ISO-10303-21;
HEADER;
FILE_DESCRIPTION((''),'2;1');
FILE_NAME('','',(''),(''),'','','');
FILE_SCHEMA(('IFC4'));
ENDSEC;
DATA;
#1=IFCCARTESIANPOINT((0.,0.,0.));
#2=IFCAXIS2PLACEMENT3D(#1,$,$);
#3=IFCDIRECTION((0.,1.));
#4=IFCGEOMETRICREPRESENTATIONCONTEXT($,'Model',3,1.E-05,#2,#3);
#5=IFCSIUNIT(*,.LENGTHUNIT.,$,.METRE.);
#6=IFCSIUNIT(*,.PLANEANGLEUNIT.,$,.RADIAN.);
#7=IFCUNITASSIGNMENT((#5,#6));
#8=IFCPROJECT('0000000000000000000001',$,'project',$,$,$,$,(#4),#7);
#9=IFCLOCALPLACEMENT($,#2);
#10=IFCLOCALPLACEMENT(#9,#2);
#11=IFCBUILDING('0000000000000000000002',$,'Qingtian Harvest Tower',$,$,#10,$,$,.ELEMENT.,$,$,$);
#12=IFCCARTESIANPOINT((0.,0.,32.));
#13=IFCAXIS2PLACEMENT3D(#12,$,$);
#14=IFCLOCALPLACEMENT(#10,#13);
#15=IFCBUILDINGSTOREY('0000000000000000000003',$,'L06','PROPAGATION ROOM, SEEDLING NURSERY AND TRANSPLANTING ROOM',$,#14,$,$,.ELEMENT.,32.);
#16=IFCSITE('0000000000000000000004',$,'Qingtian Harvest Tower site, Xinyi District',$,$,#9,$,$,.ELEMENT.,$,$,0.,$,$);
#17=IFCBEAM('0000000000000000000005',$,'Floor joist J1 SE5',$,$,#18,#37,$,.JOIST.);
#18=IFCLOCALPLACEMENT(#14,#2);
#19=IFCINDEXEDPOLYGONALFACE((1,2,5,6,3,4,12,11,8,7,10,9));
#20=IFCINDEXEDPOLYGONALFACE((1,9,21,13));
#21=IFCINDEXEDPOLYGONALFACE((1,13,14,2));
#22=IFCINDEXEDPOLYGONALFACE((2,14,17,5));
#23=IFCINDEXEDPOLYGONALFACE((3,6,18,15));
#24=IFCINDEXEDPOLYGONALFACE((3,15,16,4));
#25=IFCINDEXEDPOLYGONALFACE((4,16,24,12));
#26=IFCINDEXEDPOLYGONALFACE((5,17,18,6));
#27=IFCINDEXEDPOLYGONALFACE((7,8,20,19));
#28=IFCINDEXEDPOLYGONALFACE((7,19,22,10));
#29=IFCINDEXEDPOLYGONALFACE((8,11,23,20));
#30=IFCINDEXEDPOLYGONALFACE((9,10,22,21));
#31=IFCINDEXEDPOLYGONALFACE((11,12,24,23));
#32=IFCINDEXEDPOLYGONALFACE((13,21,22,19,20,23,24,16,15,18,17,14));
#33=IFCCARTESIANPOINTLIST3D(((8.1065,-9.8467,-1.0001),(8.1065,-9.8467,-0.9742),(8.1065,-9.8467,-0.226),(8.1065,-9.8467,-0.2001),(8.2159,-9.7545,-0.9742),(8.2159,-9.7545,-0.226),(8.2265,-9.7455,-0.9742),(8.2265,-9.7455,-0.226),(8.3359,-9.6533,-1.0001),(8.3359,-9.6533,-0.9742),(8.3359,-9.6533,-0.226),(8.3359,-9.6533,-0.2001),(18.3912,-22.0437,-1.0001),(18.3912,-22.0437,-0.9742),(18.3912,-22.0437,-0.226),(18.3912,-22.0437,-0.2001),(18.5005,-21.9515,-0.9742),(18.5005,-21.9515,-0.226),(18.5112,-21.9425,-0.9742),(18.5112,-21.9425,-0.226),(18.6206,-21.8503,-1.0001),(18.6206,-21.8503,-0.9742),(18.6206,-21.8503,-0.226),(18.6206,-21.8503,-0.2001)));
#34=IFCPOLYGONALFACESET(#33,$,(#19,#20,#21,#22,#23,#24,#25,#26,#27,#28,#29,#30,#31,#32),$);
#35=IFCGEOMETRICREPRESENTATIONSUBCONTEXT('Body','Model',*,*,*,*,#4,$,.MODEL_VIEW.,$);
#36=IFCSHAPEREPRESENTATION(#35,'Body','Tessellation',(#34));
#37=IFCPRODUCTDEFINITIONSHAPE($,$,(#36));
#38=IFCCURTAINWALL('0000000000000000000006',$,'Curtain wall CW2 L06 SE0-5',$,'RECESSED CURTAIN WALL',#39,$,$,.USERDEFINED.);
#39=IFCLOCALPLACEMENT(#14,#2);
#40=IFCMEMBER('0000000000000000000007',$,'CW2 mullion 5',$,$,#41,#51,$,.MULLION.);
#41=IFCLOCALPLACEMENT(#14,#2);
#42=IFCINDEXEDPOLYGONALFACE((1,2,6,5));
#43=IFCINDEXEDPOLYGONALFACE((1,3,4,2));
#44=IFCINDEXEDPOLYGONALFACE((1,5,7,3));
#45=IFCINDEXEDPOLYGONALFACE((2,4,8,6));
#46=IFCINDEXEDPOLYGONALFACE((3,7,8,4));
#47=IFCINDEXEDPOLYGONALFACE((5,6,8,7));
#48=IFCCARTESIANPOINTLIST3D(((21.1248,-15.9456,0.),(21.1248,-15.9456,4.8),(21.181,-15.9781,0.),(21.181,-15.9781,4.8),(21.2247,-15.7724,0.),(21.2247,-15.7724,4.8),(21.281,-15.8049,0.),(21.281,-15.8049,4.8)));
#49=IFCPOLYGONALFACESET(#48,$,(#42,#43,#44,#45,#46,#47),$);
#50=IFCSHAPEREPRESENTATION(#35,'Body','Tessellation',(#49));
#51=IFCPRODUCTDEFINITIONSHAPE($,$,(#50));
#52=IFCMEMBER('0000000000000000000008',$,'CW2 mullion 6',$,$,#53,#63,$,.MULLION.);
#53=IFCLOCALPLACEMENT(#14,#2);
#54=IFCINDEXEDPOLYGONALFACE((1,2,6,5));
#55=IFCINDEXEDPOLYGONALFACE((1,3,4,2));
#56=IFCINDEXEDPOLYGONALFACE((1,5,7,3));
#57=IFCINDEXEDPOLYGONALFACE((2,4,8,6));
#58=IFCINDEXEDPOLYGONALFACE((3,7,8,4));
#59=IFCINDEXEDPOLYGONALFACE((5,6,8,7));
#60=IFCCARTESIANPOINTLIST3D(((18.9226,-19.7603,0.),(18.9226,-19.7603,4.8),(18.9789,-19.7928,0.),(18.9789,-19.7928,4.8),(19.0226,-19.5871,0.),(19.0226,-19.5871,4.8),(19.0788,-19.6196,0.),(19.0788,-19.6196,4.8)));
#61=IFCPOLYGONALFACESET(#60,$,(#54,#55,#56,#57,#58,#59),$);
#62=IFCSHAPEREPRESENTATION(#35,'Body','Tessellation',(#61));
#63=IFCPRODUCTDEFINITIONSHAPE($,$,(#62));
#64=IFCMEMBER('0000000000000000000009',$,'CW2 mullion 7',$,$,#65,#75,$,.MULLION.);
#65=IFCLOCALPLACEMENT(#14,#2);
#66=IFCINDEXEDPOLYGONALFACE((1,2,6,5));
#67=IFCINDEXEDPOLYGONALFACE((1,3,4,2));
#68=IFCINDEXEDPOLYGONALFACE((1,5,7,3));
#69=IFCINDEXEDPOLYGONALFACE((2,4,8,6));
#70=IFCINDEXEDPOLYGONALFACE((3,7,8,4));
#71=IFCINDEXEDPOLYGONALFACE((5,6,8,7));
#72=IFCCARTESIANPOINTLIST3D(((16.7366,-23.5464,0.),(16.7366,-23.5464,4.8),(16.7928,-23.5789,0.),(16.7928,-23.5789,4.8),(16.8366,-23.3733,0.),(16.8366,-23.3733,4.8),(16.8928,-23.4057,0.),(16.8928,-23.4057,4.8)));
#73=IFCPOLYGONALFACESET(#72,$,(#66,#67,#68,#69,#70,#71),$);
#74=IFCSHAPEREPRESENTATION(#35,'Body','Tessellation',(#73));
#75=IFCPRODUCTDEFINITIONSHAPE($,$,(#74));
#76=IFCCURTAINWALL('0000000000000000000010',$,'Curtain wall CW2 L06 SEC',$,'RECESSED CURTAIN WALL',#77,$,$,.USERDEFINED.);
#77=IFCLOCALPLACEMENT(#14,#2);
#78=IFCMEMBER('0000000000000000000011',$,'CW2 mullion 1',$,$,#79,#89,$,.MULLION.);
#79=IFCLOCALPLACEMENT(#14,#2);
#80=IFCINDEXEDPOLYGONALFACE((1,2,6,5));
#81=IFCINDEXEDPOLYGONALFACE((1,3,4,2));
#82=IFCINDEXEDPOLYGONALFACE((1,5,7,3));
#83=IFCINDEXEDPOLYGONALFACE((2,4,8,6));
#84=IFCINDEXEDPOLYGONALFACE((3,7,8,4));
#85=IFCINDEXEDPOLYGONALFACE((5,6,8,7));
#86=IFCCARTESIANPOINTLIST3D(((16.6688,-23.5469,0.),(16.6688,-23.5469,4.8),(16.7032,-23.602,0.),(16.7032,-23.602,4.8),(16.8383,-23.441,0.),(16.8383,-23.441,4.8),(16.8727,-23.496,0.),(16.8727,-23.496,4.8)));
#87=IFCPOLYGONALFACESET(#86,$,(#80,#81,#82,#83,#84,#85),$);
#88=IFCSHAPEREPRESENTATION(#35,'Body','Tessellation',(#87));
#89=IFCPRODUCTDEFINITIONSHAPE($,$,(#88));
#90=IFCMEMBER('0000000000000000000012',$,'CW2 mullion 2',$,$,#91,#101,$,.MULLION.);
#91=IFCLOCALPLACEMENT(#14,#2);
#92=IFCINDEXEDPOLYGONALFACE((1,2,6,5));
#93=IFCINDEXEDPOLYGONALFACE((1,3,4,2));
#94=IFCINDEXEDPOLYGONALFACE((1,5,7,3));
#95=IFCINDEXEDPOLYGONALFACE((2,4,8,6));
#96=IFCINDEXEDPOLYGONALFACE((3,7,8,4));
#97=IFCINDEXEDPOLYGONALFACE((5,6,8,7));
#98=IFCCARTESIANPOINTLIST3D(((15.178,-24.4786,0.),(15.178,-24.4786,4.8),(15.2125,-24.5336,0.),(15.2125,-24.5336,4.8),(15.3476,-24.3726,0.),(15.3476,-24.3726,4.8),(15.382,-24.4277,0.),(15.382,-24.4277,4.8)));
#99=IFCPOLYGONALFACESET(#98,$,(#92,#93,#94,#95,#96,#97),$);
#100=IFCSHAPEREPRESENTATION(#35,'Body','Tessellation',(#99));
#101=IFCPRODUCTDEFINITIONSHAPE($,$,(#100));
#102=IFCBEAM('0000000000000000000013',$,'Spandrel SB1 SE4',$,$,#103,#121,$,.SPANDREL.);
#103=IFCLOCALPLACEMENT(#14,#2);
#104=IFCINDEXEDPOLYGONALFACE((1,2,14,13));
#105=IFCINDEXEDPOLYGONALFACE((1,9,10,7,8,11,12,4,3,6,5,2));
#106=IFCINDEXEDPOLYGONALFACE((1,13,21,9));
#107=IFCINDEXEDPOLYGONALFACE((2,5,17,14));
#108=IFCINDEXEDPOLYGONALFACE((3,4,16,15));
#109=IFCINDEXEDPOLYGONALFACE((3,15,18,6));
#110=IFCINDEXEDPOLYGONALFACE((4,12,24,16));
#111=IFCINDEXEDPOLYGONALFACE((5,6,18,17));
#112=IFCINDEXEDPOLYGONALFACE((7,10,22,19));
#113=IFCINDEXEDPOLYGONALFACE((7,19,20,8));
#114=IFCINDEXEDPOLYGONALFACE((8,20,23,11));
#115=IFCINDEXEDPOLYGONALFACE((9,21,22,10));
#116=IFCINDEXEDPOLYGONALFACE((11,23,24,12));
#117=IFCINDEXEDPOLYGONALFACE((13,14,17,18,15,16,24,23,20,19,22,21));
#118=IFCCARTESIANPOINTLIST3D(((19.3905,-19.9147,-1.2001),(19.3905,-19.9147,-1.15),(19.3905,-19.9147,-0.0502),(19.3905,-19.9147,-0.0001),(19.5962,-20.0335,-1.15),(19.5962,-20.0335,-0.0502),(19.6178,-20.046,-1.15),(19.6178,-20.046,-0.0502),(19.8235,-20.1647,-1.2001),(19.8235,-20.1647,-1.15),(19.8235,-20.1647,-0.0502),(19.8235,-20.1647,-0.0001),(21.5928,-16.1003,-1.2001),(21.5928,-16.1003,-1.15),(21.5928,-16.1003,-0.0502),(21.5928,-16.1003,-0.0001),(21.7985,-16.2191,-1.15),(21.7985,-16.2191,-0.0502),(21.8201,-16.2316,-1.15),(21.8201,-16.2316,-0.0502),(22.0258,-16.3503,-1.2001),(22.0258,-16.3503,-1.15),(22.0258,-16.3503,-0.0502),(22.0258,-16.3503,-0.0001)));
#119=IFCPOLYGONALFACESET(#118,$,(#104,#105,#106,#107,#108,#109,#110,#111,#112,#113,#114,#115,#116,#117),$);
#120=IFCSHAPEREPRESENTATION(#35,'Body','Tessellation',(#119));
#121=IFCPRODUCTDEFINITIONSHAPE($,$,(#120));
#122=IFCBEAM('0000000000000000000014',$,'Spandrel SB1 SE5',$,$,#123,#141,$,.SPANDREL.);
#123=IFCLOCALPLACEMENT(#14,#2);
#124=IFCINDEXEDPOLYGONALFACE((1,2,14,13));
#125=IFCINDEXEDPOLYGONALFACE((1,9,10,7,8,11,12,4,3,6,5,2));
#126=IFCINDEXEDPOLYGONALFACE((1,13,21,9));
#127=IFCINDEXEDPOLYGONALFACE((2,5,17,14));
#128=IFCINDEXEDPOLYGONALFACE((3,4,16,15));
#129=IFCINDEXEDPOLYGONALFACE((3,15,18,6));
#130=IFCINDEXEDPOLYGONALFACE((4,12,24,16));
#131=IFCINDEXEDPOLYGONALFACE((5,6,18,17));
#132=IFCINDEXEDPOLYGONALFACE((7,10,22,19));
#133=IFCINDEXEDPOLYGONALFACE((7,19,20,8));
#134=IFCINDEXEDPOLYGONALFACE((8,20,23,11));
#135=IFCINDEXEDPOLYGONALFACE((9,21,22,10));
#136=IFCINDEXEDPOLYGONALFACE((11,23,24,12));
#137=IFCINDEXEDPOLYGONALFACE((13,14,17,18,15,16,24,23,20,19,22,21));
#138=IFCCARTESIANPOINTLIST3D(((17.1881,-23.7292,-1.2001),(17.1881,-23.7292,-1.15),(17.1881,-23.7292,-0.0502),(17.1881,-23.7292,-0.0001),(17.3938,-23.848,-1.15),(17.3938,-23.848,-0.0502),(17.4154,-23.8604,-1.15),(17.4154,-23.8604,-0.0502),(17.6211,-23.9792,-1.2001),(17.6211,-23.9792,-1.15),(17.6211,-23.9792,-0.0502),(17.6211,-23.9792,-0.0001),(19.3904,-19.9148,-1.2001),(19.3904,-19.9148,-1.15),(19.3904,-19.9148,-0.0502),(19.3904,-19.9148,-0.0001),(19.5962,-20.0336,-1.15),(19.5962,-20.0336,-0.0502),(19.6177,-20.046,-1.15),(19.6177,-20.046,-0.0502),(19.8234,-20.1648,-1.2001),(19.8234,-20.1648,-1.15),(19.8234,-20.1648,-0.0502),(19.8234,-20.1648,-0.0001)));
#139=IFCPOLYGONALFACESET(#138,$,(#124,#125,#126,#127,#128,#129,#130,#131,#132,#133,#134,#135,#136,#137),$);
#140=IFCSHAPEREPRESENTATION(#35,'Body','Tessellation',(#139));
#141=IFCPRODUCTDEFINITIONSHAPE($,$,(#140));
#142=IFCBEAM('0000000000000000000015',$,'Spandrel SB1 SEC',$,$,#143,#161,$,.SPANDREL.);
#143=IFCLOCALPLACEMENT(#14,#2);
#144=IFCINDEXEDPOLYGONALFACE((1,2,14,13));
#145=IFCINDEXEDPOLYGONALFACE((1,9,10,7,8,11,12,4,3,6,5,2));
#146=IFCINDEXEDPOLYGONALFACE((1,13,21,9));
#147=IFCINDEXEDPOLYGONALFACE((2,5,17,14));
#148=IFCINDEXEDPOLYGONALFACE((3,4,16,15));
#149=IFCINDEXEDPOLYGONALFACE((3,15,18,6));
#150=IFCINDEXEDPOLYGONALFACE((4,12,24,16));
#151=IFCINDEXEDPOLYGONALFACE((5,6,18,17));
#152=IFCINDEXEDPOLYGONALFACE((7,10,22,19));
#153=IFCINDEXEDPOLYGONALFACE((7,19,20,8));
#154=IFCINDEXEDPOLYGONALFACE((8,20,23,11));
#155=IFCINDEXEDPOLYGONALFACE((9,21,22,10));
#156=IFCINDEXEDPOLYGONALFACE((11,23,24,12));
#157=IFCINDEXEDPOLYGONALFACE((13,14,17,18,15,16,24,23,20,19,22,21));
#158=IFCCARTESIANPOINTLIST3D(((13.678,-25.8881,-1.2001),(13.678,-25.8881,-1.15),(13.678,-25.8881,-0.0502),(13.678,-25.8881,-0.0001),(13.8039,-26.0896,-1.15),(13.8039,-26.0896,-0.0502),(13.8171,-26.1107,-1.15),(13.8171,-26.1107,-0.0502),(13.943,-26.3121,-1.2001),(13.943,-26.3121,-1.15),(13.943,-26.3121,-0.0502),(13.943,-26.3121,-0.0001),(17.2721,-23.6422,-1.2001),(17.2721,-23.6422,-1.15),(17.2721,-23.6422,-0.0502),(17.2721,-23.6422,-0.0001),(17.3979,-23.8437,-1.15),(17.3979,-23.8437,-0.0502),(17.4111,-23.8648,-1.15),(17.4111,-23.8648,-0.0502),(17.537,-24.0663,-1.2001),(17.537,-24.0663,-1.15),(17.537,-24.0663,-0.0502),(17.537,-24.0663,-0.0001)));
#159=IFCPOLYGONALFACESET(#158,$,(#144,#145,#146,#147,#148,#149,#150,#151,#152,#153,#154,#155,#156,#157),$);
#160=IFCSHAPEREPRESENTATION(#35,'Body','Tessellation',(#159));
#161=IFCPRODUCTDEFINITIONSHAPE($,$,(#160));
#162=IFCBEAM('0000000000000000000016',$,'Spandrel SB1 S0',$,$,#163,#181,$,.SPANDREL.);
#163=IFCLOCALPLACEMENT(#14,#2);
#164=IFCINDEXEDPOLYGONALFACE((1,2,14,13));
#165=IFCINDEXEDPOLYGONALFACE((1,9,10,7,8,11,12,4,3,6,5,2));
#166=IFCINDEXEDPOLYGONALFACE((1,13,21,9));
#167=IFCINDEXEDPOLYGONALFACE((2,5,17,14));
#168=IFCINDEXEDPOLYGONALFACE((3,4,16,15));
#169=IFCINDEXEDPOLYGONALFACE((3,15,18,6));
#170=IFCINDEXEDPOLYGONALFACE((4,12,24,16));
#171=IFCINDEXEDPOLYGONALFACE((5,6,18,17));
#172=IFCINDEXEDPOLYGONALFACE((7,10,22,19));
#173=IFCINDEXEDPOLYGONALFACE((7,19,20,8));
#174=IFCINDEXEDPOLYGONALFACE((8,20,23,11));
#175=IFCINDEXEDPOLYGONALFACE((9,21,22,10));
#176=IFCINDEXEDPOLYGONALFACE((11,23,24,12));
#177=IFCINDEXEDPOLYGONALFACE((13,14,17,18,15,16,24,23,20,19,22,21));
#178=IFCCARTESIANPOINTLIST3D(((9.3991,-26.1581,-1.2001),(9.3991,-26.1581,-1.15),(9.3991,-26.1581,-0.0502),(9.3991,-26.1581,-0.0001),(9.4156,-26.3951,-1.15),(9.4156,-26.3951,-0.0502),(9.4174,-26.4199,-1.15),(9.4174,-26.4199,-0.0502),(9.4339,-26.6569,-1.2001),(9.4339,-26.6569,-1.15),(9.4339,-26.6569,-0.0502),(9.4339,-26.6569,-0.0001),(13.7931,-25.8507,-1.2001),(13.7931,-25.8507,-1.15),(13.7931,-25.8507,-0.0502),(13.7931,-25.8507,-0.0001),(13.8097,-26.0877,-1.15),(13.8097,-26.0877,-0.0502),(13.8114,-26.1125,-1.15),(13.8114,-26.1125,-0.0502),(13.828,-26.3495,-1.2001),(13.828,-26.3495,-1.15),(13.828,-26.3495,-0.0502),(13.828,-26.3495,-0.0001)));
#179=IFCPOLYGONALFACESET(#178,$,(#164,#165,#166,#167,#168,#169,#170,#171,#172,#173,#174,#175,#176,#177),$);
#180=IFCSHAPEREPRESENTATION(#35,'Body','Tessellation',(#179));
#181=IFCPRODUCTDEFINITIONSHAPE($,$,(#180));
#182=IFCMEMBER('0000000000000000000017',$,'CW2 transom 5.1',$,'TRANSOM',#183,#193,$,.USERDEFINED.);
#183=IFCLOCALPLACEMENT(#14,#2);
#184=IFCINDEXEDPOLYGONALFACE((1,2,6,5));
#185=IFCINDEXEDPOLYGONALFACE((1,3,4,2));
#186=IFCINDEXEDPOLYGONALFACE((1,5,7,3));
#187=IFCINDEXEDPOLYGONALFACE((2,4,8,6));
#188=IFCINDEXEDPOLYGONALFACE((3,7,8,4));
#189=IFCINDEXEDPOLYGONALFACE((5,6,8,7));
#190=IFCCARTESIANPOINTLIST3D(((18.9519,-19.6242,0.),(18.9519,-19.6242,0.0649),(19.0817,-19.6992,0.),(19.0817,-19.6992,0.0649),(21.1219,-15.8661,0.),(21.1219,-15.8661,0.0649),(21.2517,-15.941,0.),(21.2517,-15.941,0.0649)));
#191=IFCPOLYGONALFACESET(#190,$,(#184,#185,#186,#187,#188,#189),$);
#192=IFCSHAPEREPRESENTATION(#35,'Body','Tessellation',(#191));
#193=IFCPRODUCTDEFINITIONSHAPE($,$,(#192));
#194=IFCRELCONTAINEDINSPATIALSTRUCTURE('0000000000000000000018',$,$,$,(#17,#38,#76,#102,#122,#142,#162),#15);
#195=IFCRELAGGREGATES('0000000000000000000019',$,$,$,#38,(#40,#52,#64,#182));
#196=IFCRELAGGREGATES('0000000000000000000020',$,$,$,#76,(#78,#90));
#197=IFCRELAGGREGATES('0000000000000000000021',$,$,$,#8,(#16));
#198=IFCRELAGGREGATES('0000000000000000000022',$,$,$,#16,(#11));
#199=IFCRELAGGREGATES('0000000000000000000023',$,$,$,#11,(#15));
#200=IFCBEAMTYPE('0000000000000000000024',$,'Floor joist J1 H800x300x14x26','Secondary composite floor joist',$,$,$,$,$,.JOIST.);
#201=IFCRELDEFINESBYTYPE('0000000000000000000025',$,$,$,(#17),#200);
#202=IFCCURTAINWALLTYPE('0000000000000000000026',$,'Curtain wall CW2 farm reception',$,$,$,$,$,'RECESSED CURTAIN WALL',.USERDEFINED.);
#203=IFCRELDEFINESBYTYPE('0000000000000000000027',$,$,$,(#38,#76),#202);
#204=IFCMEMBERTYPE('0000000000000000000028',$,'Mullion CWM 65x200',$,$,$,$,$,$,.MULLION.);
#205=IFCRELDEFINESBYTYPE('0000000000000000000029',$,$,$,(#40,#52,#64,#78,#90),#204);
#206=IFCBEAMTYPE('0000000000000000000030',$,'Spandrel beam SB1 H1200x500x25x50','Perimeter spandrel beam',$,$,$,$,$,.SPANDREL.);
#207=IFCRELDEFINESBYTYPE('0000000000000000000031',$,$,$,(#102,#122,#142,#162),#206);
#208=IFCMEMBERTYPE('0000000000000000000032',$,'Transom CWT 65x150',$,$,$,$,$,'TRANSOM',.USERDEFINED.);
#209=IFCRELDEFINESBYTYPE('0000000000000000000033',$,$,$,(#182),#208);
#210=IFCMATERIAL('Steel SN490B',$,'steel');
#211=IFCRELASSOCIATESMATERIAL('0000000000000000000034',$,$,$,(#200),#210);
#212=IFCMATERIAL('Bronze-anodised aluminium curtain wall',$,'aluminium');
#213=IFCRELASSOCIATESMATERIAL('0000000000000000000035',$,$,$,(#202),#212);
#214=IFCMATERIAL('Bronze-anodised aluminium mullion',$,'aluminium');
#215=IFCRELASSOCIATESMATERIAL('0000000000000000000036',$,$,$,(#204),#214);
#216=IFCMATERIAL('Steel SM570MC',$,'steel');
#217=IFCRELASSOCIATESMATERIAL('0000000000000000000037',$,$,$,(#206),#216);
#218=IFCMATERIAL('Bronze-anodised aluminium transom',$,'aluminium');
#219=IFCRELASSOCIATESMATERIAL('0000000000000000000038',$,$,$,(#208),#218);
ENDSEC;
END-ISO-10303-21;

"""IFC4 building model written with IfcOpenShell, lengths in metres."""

from ifc_helpers import new_model, si_unit, direction, frame, origin, origin_2d, place, context, subcontext, project, spatial, rectangle, i_section, extrude, material, material_profile, profile_set, type_object, element, aggregate, save


model = new_model("IFC4")

# Units and contexts
model_context = context("Model", 3, precision=1e-05, world=origin(), true_north=direction((0.0, 1.0)))
body_context = subcontext(model_context, "Body", "Model", "MODEL_VIEW")
ifc_project = project(units=[si_unit("LENGTHUNIT", "METRE"), si_unit("PLANEANGLEUNIT", "RADIAN")], contexts=[model_context])

# Site, building, storey
site_placement = place(None, origin())
site = spatial("IfcSite", under=ifc_project, at=site_placement, Name="Qingtian Harvest Tower site, Xinyi District", CompositionType="ELEMENT", RefElevation=0.0)
building_placement = place(site_placement, origin())
building = spatial("IfcBuilding", under=site, at=building_placement, Name="Qingtian Harvest Tower", CompositionType="ELEMENT")
storey_placement = place(building_placement, frame((0.0, 0.0, 32.0)))
storey = spatial("IfcBuildingStorey", under=building, at=storey_placement, Name="L06", Description="PROPAGATION ROOM, SEEDLING NURSERY AND TRANSPLANTING ROOM", CompositionType="ELEMENT", Elevation=32.0)

# Beam
ifc_material_1 = material(Name="Steel SN490B", Category="steel")
ifc_material_profile_1 = material_profile(ifc_material_1, i_section(OverallWidth=0.3, OverallDepth=0.8, WebThickness=0.0139, FlangeThickness=0.0259, at=origin_2d()), Name="H800x300x14x26")
ifc_profile_set_1 = profile_set([ifc_material_profile_1], Name="Steel SN490B")
beam_type_1 = type_object("IfcBeamType", Name="Floor joist J1 H800x300x14x26", Description="Secondary composite floor joist", PredefinedType="JOIST", material=ifc_profile_set_1)
beam_1_placement = place(storey_placement, frame((18.5059, -21.947, -0.6001), z_axis=(-0.64463, 0.764494, 0.0), x_axis=(-0.764494, -0.64463, 0.0)))
element("IfcBeam", 1, at=beam_1_placement, inside=storey, type_object=beam_type_1, Name="Floor joist J1 SE5", PredefinedType="JOIST", context=body_context, shape_type="SweptSolid", body=[
    extrude(i_section(OverallWidth=0.3, OverallDepth=0.8, WebThickness=0.0139, FlangeThickness=0.0259, at=origin_2d()), origin(), (0.0, 0.0, 1.0), 15.9543),
])

# Curtain walls, members
ifc_material_2 = material(Name="Bronze-anodised aluminium curtain wall", Category="aluminium")
curtain_wall_type = type_object("IfcCurtainWallType", Name="Curtain wall CW2 farm reception", ElementType="RECESSED CURTAIN WALL", PredefinedType="USERDEFINED", material=ifc_material_2)
curtain_wall_1_placement = place(storey_placement, origin())
curtain_wall_1 = element("IfcCurtainWall", 2, at=curtain_wall_1_placement, inside=storey, type_object=curtain_wall_type, Name="Curtain wall CW2 L06 SE0-5", ObjectType="RECESSED CURTAIN WALL", PredefinedType="USERDEFINED")
ifc_material_3 = material(Name="Bronze-anodised aluminium mullion", Category="aluminium")
ifc_material_profile_2 = material_profile(ifc_material_3, rectangle(XDim=0.0649, YDim=0.2, at=origin_2d()), Name="AL 65x200")
ifc_profile_set_2 = profile_set([ifc_material_profile_2], Name="Bronze-anodised aluminium mullion")
member_type_1 = type_object("IfcMemberType", Name="Mullion CWM 65x200", PredefinedType="MULLION", material=ifc_profile_set_2)
member_1_placement = place(storey_placement, frame((21.2029, -15.8752, 0.0), z_axis=(0.0, 0.0, 1.0), x_axis=(0.866025, -0.5, 0.0)))
member_1 = element("IfcMember", 3, at=member_1_placement, type_object=member_type_1, Name="CW2 mullion 5", PredefinedType="MULLION", context=body_context, shape_type="SweptSolid", body=[
    extrude(rectangle(XDim=0.0649, YDim=0.2, at=origin_2d()), origin(), (0.0, 0.0, 1.0), 4.8),
])
member_2_placement = place(storey_placement, frame((19.0007, -19.6899, 0.0), z_axis=(0.0, 0.0, 1.0), x_axis=(0.866025, -0.5, 0.0)))
member_2 = element("IfcMember", 4, at=member_2_placement, type_object=member_type_1, Name="CW2 mullion 6", PredefinedType="MULLION", context=body_context, shape_type="SweptSolid", body=[
    extrude(rectangle(XDim=0.0649, YDim=0.2, at=origin_2d()), origin(), (0.0, 0.0, 1.0), 4.8),
])
member_3_placement = place(storey_placement, frame((16.8147, -23.4761, 0.0), z_axis=(0.0, 0.0, 1.0), x_axis=(0.866025, -0.5, 0.0)))
member_3 = element("IfcMember", 5, at=member_3_placement, type_object=member_type_1, Name="CW2 mullion 7", PredefinedType="MULLION", context=body_context, shape_type="SweptSolid", body=[
    extrude(rectangle(XDim=0.0649, YDim=0.2, at=origin_2d()), origin(), (0.0, 0.0, 1.0), 4.8),
])
curtain_wall_2_placement = place(storey_placement, origin())
curtain_wall_2 = element("IfcCurtainWall", 6, at=curtain_wall_2_placement, inside=storey, type_object=curtain_wall_type, Name="Curtain wall CW2 L06 SEC", ObjectType="RECESSED CURTAIN WALL", PredefinedType="USERDEFINED")
member_4_placement = place(storey_placement, frame((16.7708, -23.5215, 0.0), z_axis=(0.0, 0.0, 1.0), x_axis=(0.529919, -0.848048, 0.0)))
member_4 = element("IfcMember", 7, at=member_4_placement, type_object=member_type_1, Name="CW2 mullion 1", PredefinedType="MULLION", context=body_context, shape_type="SweptSolid", body=[
    extrude(rectangle(XDim=0.0649, YDim=0.2, at=origin_2d()), origin(), (0.0, 0.0, 1.0), 4.8),
])
member_5_placement = place(storey_placement, frame((15.28, -24.4531, 0.0), z_axis=(0.0, 0.0, 1.0), x_axis=(0.529919, -0.848048, 0.0)))
member_5 = element("IfcMember", 8, at=member_5_placement, type_object=member_type_1, Name="CW2 mullion 2", PredefinedType="MULLION", context=body_context, shape_type="SweptSolid", body=[
    extrude(rectangle(XDim=0.0649, YDim=0.2, at=origin_2d()), origin(), (0.0, 0.0, 1.0), 4.8),
])

# Beams
ifc_material_4 = material(Name="Steel SM570MC", Category="steel")
ifc_material_profile_3 = material_profile(ifc_material_4, i_section(OverallWidth=0.5, OverallDepth=1.2, WebThickness=0.0249, FlangeThickness=0.05, at=origin_2d()), Name="H1200x500x25x50")
ifc_profile_set_3 = profile_set([ifc_material_profile_3], Name="Steel SM570MC")
beam_type_2 = type_object("IfcBeamType", Name="Spandrel beam SB1 H1200x500x25x50", Description="Perimeter spandrel beam", PredefinedType="SPANDREL", material=ifc_profile_set_3)
for number, where, z_axis, x_axis, name in (
    (9, (21.8093, -16.2253, -0.6001), (-0.50002, -0.866014, 0.0), (0.866014, -0.50002, 0.0), "Spandrel SB1 SE4"),
    (10, (19.6069, -20.0398, -0.6001), (-0.50002, -0.866014, 0.0), (0.866014, -0.50002, 0.0), "Spandrel SB1 SE5"),
):
    element("IfcBeam", number, at=place(storey_placement, frame(where, z_axis=z_axis, x_axis=x_axis)), inside=storey, type_object=beam_type_2, Name=name, PredefinedType="SPANDREL", context=body_context, shape_type="SweptSolid", body=[
        extrude(i_section(OverallWidth=0.5, OverallDepth=1.2, WebThickness=0.0249, FlangeThickness=0.05, at=origin_2d()), origin(), (0.0, 0.0, 1.0), 4.4045),
    ])
beam_2_placement = place(storey_placement, frame((17.4045, -23.8542, -0.6001), z_axis=(-0.84804, -0.529932, 0.0), x_axis=(0.529932, -0.84804, 0.0)))
element("IfcBeam", 11, at=beam_2_placement, inside=storey, type_object=beam_type_2, Name="Spandrel SB1 SEC", PredefinedType="SPANDREL", context=body_context, shape_type="SweptSolid", body=[
    extrude(i_section(OverallWidth=0.5, OverallDepth=1.2, WebThickness=0.0249, FlangeThickness=0.05, at=origin_2d()), origin(), (0.0, 0.0, 1.0), 4.238),
])
beam_3_placement = place(storey_placement, frame((13.8105, -26.1001, -0.6001), z_axis=(-0.997562, -0.069782, 0.0), x_axis=(0.069782, -0.997562, 0.0)))
element("IfcBeam", 12, at=beam_3_placement, inside=storey, type_object=beam_type_2, Name="Spandrel SB1 S0", PredefinedType="SPANDREL", context=body_context, shape_type="SweptSolid", body=[
    extrude(i_section(OverallWidth=0.5, OverallDepth=1.2, WebThickness=0.0249, FlangeThickness=0.05, at=origin_2d()), origin(), (0.0, 0.0, 1.0), 4.4048),
])

# Member
ifc_material_5 = material(Name="Bronze-anodised aluminium transom", Category="aluminium")
ifc_material_profile_4 = material_profile(ifc_material_5, rectangle(XDim=0.1499, YDim=0.0649, at=origin_2d()), Name="AL 65x150")
ifc_profile_set_4 = profile_set([ifc_material_profile_4], Name="Bronze-anodised aluminium transom")
member_type_2 = type_object("IfcMemberType", Name="Transom CWT 65x150", ElementType="TRANSOM", PredefinedType="USERDEFINED", material=ifc_profile_set_4)
member_6_placement = place(storey_placement, frame((21.1868, -15.9036, 0.0325), z_axis=(-0.500036, -0.866005, 0.0), x_axis=(0.866005, -0.500036, 0.0)))
member_6 = element("IfcMember", 13, at=member_6_placement, type_object=member_type_2, Name="CW2 transom 5.1", ObjectType="TRANSOM", PredefinedType="USERDEFINED", context=body_context, shape_type="SweptSolid", body=[
    extrude(rectangle(XDim=0.1499, YDim=0.0649, at=origin_2d()), origin(), (0.0, 0.0, 1.0), 4.3396),
])

aggregate(curtain_wall_1, [member_1, member_2, member_3, member_6])
aggregate(curtain_wall_2, [member_4, member_5])

save(model, "model.ifc")
